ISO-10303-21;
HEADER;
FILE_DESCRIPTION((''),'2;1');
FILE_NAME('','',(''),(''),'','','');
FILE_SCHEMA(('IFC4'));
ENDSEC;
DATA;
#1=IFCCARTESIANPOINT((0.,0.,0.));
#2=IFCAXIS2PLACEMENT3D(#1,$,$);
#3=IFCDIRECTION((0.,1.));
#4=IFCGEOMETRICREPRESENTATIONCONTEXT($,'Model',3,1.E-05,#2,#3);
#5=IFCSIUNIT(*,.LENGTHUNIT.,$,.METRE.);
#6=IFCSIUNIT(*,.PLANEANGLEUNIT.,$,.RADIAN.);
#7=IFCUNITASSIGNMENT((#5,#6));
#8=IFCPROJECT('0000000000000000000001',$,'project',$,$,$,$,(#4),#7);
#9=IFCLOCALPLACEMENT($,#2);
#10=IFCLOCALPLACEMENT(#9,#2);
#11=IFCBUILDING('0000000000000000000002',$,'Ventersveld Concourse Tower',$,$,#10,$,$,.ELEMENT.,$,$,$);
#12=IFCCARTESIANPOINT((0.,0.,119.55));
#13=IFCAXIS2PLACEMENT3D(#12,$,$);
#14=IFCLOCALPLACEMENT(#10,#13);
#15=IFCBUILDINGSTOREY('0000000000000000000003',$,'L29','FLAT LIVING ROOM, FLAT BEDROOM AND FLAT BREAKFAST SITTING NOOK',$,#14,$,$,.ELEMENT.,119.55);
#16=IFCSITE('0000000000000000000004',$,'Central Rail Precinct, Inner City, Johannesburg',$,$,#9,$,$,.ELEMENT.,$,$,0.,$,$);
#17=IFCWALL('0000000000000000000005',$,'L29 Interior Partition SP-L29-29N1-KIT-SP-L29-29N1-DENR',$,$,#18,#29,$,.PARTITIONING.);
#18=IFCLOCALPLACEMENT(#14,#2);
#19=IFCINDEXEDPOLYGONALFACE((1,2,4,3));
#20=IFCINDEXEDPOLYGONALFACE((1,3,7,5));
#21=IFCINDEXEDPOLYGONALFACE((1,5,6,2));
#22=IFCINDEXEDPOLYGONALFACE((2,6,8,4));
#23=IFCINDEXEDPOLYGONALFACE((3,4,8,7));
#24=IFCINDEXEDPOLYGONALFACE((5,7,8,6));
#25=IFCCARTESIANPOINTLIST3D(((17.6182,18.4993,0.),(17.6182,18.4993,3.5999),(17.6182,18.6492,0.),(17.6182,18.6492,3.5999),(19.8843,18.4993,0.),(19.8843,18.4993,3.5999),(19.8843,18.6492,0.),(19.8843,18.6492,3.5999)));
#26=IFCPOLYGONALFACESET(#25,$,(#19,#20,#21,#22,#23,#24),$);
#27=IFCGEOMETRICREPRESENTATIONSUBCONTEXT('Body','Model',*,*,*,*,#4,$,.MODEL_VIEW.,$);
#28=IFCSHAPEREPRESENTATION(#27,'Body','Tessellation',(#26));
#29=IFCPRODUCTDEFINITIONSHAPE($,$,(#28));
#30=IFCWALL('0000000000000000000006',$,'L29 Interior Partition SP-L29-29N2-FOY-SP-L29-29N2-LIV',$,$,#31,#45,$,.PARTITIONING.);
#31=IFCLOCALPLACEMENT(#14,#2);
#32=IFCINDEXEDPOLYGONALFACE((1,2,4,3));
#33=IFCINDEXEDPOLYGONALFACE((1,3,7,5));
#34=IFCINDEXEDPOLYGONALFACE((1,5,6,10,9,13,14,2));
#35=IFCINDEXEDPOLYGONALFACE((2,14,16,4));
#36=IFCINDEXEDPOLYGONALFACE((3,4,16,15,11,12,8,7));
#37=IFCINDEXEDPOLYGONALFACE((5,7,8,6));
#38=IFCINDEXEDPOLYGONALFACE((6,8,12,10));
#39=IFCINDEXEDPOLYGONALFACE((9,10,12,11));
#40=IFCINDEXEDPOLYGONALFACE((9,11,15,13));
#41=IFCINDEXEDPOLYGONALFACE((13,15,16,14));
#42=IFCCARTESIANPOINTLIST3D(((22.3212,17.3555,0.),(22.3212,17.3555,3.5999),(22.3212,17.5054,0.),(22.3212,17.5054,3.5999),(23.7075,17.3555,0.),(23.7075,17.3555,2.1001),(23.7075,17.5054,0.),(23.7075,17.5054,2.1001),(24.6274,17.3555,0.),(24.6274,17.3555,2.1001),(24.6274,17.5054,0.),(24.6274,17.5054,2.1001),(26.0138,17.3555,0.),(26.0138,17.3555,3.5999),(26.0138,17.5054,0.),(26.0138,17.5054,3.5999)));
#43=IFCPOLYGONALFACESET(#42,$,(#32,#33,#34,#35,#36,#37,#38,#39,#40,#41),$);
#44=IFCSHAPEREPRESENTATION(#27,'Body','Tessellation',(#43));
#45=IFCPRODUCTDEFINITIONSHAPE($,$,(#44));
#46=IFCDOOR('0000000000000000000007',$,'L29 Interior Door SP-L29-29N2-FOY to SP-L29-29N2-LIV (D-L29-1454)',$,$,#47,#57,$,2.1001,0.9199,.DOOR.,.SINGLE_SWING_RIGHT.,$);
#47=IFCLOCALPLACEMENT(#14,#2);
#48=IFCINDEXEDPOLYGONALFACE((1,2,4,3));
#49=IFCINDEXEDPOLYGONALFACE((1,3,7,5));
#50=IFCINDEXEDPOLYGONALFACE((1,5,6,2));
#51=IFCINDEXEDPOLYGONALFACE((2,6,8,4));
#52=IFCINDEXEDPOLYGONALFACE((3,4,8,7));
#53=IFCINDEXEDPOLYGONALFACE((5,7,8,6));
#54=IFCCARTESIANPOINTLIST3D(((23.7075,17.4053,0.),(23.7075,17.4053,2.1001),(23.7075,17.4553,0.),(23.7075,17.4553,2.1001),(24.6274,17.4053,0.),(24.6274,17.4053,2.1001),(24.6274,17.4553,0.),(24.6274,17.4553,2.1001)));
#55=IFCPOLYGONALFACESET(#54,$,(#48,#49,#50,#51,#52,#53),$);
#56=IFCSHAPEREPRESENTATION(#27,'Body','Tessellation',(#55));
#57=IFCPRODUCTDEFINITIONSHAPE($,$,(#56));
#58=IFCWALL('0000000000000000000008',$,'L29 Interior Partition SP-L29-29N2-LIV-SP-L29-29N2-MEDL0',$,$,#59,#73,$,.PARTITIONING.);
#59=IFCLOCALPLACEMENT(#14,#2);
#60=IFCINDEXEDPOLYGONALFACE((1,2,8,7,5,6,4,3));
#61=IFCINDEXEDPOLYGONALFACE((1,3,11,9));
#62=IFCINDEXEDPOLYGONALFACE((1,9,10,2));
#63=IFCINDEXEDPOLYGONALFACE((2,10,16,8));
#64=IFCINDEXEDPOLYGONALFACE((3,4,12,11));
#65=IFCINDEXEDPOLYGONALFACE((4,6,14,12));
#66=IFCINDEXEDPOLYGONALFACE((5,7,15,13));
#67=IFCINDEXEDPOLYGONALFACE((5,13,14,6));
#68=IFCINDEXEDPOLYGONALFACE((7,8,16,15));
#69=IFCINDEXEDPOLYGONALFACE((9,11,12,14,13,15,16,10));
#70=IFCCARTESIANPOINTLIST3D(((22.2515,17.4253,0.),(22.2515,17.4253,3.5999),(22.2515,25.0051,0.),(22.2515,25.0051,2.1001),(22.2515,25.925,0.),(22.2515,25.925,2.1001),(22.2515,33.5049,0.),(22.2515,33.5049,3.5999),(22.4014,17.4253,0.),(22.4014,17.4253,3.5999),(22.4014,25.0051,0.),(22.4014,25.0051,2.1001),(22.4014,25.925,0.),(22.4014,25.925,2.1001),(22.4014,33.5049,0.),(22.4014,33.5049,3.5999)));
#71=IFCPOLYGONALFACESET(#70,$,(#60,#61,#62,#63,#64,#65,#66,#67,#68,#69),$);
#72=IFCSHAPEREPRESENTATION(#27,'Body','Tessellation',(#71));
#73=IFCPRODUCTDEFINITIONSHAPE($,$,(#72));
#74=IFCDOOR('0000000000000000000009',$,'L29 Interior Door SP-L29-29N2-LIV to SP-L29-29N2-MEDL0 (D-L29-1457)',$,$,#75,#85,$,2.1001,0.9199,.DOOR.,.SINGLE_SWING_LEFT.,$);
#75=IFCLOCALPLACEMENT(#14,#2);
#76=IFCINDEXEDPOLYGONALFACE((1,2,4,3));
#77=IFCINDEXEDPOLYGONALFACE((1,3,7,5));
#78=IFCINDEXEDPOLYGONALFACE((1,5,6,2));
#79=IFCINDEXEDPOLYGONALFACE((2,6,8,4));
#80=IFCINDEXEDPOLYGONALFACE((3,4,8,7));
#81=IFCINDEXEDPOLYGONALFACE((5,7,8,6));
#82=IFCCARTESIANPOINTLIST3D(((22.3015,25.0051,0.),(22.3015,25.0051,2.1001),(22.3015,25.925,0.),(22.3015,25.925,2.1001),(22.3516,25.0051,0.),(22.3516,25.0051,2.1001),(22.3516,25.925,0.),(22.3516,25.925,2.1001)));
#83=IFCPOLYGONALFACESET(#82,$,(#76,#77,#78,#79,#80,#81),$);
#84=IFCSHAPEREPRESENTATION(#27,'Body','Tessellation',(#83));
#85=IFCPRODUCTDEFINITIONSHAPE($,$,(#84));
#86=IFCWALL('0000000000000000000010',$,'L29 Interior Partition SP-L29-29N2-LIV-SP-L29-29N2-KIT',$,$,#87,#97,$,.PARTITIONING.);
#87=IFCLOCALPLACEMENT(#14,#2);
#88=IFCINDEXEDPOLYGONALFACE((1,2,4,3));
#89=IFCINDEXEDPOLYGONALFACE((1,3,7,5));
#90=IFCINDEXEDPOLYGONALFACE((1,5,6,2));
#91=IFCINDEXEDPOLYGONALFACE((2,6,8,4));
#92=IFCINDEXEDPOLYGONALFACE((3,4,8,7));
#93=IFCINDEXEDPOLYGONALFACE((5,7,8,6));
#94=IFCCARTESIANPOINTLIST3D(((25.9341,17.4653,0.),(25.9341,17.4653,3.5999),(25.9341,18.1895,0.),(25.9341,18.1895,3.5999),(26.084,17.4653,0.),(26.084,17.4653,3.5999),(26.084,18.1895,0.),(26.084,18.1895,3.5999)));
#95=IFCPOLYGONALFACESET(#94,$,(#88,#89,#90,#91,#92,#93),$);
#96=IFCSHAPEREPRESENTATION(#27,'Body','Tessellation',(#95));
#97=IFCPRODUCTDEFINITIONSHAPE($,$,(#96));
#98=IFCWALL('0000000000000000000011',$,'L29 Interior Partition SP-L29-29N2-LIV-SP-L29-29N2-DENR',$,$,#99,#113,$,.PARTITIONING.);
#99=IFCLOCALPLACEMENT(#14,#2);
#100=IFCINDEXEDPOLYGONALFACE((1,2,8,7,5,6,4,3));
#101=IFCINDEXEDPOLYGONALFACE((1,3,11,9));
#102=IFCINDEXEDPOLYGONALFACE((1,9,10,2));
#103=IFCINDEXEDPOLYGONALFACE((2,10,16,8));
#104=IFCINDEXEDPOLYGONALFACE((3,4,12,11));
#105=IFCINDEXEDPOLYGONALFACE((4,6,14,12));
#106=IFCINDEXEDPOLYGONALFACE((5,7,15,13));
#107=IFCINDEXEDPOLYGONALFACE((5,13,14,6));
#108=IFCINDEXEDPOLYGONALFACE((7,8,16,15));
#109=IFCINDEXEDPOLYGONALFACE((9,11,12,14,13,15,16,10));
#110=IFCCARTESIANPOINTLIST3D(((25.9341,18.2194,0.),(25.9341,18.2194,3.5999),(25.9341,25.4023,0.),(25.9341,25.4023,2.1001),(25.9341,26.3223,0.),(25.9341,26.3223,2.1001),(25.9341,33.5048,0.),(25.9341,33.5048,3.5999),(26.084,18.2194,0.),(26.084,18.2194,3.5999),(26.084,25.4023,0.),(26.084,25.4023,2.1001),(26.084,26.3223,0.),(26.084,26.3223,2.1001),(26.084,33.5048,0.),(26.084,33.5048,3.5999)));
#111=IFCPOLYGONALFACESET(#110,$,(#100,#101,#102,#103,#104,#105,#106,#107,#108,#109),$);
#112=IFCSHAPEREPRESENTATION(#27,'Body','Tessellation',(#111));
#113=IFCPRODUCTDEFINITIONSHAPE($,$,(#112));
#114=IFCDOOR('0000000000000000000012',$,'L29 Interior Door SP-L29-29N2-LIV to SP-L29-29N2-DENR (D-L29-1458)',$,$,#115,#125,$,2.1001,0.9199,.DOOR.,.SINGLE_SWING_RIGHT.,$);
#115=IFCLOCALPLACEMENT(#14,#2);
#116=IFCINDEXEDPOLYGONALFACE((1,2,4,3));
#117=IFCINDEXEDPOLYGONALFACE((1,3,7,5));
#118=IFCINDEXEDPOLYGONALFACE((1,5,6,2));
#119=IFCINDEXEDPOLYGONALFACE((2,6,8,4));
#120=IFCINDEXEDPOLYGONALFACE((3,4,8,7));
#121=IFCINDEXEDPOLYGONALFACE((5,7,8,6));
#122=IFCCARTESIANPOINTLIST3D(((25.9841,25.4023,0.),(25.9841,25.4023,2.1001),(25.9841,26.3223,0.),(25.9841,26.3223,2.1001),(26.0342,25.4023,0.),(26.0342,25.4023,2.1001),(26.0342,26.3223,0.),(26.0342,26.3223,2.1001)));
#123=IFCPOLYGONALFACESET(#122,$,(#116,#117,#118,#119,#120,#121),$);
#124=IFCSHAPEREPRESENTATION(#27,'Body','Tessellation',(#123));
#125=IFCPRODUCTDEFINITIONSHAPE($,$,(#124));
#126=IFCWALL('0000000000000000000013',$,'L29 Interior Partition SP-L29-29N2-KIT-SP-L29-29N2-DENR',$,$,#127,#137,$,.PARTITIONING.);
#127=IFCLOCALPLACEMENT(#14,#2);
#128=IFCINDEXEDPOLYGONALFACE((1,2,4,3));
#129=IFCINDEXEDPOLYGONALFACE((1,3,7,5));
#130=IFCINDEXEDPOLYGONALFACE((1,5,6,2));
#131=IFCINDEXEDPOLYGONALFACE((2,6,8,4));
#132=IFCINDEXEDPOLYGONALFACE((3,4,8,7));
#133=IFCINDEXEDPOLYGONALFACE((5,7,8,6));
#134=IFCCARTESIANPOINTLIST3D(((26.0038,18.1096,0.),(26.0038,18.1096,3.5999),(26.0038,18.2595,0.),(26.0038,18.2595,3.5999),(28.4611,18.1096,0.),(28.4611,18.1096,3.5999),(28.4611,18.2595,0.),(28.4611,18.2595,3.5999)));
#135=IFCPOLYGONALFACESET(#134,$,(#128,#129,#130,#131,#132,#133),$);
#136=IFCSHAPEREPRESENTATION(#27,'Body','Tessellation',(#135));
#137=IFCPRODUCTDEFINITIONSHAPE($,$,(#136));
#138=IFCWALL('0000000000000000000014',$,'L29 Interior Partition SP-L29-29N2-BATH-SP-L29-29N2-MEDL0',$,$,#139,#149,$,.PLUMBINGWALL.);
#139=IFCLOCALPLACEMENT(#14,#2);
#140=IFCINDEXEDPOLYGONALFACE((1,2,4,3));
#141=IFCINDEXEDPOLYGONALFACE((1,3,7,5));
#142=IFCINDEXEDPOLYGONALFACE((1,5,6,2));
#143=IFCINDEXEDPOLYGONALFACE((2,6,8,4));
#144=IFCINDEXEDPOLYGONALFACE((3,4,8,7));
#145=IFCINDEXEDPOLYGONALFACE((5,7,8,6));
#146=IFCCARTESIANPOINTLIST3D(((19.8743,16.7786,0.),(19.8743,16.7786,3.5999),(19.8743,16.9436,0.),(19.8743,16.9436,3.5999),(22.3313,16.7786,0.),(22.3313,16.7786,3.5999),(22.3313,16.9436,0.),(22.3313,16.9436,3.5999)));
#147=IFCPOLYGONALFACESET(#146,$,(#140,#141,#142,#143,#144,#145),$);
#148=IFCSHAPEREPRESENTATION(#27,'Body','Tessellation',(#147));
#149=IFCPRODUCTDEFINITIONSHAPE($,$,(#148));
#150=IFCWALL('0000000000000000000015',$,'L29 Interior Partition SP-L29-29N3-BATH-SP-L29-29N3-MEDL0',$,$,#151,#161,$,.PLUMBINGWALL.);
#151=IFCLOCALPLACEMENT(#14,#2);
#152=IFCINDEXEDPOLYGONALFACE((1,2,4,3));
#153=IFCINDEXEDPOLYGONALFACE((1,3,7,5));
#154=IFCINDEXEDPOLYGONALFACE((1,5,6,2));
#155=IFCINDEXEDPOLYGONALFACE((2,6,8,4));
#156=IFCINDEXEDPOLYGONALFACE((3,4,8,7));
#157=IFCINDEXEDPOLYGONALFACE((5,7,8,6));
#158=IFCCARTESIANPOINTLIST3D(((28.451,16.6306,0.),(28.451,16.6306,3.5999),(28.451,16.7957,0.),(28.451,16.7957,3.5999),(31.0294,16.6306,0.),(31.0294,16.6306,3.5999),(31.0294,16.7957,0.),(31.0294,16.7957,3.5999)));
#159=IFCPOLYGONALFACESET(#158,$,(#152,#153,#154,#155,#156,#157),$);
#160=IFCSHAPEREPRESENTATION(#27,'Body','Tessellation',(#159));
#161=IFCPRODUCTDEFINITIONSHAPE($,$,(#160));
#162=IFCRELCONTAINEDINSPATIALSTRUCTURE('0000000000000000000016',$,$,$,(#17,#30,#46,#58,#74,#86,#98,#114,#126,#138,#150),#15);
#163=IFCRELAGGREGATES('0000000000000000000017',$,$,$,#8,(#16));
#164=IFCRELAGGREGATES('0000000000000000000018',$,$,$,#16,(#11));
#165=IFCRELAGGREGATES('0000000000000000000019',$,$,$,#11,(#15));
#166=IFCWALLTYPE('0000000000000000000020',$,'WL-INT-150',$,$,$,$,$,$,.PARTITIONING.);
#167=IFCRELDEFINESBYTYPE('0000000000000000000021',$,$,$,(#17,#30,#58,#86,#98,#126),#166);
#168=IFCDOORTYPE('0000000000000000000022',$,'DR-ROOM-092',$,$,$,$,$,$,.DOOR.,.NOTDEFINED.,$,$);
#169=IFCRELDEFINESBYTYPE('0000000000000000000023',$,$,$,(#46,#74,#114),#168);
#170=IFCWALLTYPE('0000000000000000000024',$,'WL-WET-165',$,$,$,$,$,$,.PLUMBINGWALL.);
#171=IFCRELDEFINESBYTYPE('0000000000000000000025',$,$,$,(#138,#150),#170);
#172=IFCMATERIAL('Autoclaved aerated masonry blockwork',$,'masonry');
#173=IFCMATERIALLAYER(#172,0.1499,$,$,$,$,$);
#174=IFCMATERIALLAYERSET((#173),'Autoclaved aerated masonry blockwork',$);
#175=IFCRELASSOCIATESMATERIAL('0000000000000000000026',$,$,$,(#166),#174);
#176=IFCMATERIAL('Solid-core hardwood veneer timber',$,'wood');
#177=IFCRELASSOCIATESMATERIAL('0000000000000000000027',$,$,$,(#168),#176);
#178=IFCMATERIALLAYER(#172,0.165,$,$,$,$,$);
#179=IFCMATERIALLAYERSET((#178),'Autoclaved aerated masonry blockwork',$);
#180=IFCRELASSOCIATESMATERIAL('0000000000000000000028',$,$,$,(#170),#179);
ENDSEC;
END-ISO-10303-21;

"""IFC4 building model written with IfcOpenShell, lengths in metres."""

from ifc_helpers import new_model, si_unit, direction, frame, frame_2d, origin, place, context, subcontext, project, spatial, rectangle, extrude, material, layer, layer_set, type_object, element, fill, save


model = new_model("IFC4")

# Units and contexts
model_context = context("Model", 3, precision=1e-05, world=origin(), true_north=direction((0.0, 1.0)))
body_context = subcontext(model_context, "Body", "Model", "MODEL_VIEW")
ifc_project = project(units=[si_unit("LENGTHUNIT", "METRE"), si_unit("PLANEANGLEUNIT", "RADIAN")], contexts=[model_context])

# Site, building, storey
site_placement = place(None, origin())
site = spatial("IfcSite", under=ifc_project, at=site_placement, Name="Central Rail Precinct, Inner City, Johannesburg", CompositionType="ELEMENT", RefElevation=0.0)
building_placement = place(site_placement, origin())
building = spatial("IfcBuilding", under=site, at=building_placement, Name="Ventersveld Concourse Tower", CompositionType="ELEMENT")
storey_placement = place(building_placement, frame((0.0, 0.0, 119.55)))
storey = spatial("IfcBuildingStorey", under=building, at=storey_placement, Name="L29", Description="FLAT LIVING ROOM, FLAT BEDROOM AND FLAT BREAKFAST SITTING NOOK", CompositionType="ELEMENT", Elevation=119.55)

# Shared definitions
ifc_material_1 = material(Name="Solid-core hardwood veneer timber", Category="wood")

# Shared definitions
ifc_material_2 = material(Name="Autoclaved aerated masonry blockwork", Category="masonry")
ifc_layer_1 = layer(ifc_material_2, 0.1499)
ifc_layer_set_1 = layer_set([ifc_layer_1], Name="Autoclaved aerated masonry blockwork")
wall_type_1 = type_object("IfcWallType", Name="WL-INT-150", PredefinedType="PARTITIONING", material=ifc_layer_set_1)
door_type_1 = type_object("IfcDoorType", Name="DR-ROOM-092", OperationType="NOTDEFINED", PredefinedType="DOOR", material=ifc_material_1)

# Wall
wall_1_placement = place(storey_placement, frame((17.6182, 18.5742, 0.0), z_axis=(0.0, 0.0, 1.0), x_axis=(1.0, 0.0, 0.0)))
element("IfcWall", 1, at=wall_1_placement, inside=storey, type_object=wall_type_1, Name="L29 Interior Partition SP-L29-29N1-KIT-SP-L29-29N1-DENR", PredefinedType="PARTITIONING", context=body_context, shape_type="SweptSolid", body=[
    extrude(rectangle(XDim=2.2661, YDim=0.1499, at=frame_2d((1.1331, 0.0))), origin(), (0.0, 0.0, 1.0), 3.5999),
])

# Walls, openings, doors
wall_2_placement = place(storey_placement, frame((22.3213, 17.4304, 0.0), z_axis=(0.0, 0.0, 1.0), x_axis=(1.0, 0.0, 0.0)))
wall_2 = element("IfcWall", 2, at=wall_2_placement, inside=storey, type_object=wall_type_1, Name="L29 Interior Partition SP-L29-29N2-FOY-SP-L29-29N2-LIV", PredefinedType="PARTITIONING", context=body_context, shape_type="SweptSolid", body=[
    extrude(rectangle(XDim=3.6926, YDim=0.1499, at=frame_2d((1.8462, 0.0))), origin(), (0.0, 0.0, 1.0), 3.5999),
])
opening_1_placement = place(wall_2_placement, frame((1.3862, 0.0, 0.0)))
opening_1 = element("IfcOpeningElement", 3, at=opening_1_placement, cuts=wall_2, PredefinedType="OPENING", context=body_context, shape_type="SweptSolid", body=[
    extrude(rectangle(XDim=0.9199, YDim=2.1001, at=frame_2d((0.46, 1.05))), frame((0.0, 0.085, 0.0), z_axis=(0.0, -1.0, 0.0), x_axis=(1.0, 0.0, 0.0)), (0.0, 0.0, 1.0), 0.1699),
])
door_1_placement = place(opening_1_placement, origin())
door_1 = element("IfcDoor", 4, at=door_1_placement, inside=storey, type_object=door_type_1, Name="L29 Interior Door SP-L29-29N2-FOY to SP-L29-29N2-LIV (D-L29-1454)", OperationType="SINGLE_SWING_RIGHT", OverallHeight=2.1001, OverallWidth=0.9199, PredefinedType="DOOR", context=body_context, shape_type="SweptSolid", body=[
    extrude(rectangle(XDim=0.9199, YDim=2.1001, at=frame_2d((0.46, 1.05))), frame((0.0, 0.0249, 0.0), z_axis=(0.0, -1.0, 0.0), x_axis=(1.0, 0.0, 0.0)), (0.0, 0.0, 1.0), 0.05),
])
fill(opening_1, door_1)
wall_3_placement = place(storey_placement, frame((22.3264, 17.4253, 0.0), z_axis=(0.0, 0.0, 1.0), x_axis=(0.0, 1.0, 0.0)))
wall_3 = element("IfcWall", 5, at=wall_3_placement, inside=storey, type_object=wall_type_1, Name="L29 Interior Partition SP-L29-29N2-LIV-SP-L29-29N2-MEDL0", PredefinedType="PARTITIONING", context=body_context, shape_type="SweptSolid", body=[
    extrude(rectangle(XDim=16.0796, YDim=0.1499, at=frame_2d((8.0398, 0.0))), origin(), (0.0, 0.0, 1.0), 3.5999),
])
opening_2_placement = place(wall_3_placement, frame((7.5798, 0.0, 0.0)))
opening_2 = element("IfcOpeningElement", 6, at=opening_2_placement, cuts=wall_3, PredefinedType="OPENING", context=body_context, shape_type="SweptSolid", body=[
    extrude(rectangle(XDim=0.9199, YDim=2.1001, at=frame_2d((0.46, 1.05))), frame((0.0, 0.085, 0.0), z_axis=(0.0, -1.0, 0.0), x_axis=(1.0, 0.0, 0.0)), (0.0, 0.0, 1.0), 0.1699),
])
door_2_placement = place(opening_2_placement, origin())
door_2 = element("IfcDoor", 7, at=door_2_placement, inside=storey, type_object=door_type_1, Name="L29 Interior Door SP-L29-29N2-LIV to SP-L29-29N2-MEDL0 (D-L29-1457)", OperationType="SINGLE_SWING_LEFT", OverallHeight=2.1001, OverallWidth=0.9199, PredefinedType="DOOR", context=body_context, shape_type="SweptSolid", body=[
    extrude(rectangle(XDim=0.9199, YDim=2.1001, at=frame_2d((0.46, 1.05))), frame((0.0, 0.0249, 0.0), z_axis=(0.0, -1.0, 0.0), x_axis=(1.0, 0.0, 0.0)), (0.0, 0.0, 1.0), 0.05),
])
fill(opening_2, door_2)

# Wall
wall_4_placement = place(storey_placement, frame((26.009, 17.4653, 0.0), z_axis=(0.0, 0.0, 1.0), x_axis=(0.0, 1.0, 0.0)))
element("IfcWall", 8, at=wall_4_placement, inside=storey, type_object=wall_type_1, Name="L29 Interior Partition SP-L29-29N2-LIV-SP-L29-29N2-KIT", PredefinedType="PARTITIONING", context=body_context, shape_type="SweptSolid", body=[
    extrude(rectangle(XDim=0.7241, YDim=0.1499, at=frame_2d((0.3621, 0.0))), origin(), (0.0, 0.0, 1.0), 3.5999),
])

# Wall, opening, door
wall_5_placement = place(storey_placement, frame((26.009, 18.2195, 0.0), z_axis=(0.0, 0.0, 1.0), x_axis=(0.0, 1.0, 0.0)))
wall_5 = element("IfcWall", 9, at=wall_5_placement, inside=storey, type_object=wall_type_1, Name="L29 Interior Partition SP-L29-29N2-LIV-SP-L29-29N2-DENR", PredefinedType="PARTITIONING", context=body_context, shape_type="SweptSolid", body=[
    extrude(rectangle(XDim=15.2854, YDim=0.1499, at=frame_2d((7.6426, 0.0))), origin(), (0.0, 0.0, 1.0), 3.5999),
])
opening_3_placement = place(wall_5_placement, frame((7.1829, 0.0, 0.0)))
opening_3 = element("IfcOpeningElement", 10, at=opening_3_placement, cuts=wall_5, PredefinedType="OPENING", context=body_context, shape_type="SweptSolid", body=[
    extrude(rectangle(XDim=0.9199, YDim=2.1001, at=frame_2d((0.46, 1.05))), frame((0.0, 0.085, 0.0), z_axis=(0.0, -1.0, 0.0), x_axis=(1.0, 0.0, 0.0)), (0.0, 0.0, 1.0), 0.1699),
])
door_3_placement = place(opening_3_placement, origin())
door_3 = element("IfcDoor", 11, at=door_3_placement, inside=storey, type_object=door_type_1, Name="L29 Interior Door SP-L29-29N2-LIV to SP-L29-29N2-DENR (D-L29-1458)", OperationType="SINGLE_SWING_RIGHT", OverallHeight=2.1001, OverallWidth=0.9199, PredefinedType="DOOR", context=body_context, shape_type="SweptSolid", body=[
    extrude(rectangle(XDim=0.9199, YDim=2.1001, at=frame_2d((0.46, 1.05))), frame((0.0, 0.0249, 0.0), z_axis=(0.0, -1.0, 0.0), x_axis=(1.0, 0.0, 0.0)), (0.0, 0.0, 1.0), 0.05),
])
fill(opening_3, door_3)

# Walls
wall_6_placement = place(storey_placement, frame((26.0039, 18.1846, 0.0), z_axis=(0.0, 0.0, 1.0), x_axis=(1.0, 0.0, 0.0)))
element("IfcWall", 12, at=wall_6_placement, inside=storey, type_object=wall_type_1, Name="L29 Interior Partition SP-L29-29N2-KIT-SP-L29-29N2-DENR", PredefinedType="PARTITIONING", context=body_context, shape_type="SweptSolid", body=[
    extrude(rectangle(XDim=2.4573, YDim=0.1499, at=frame_2d((1.2285, 0.0))), origin(), (0.0, 0.0, 1.0), 3.5999),
])
ifc_layer_2 = layer(ifc_material_2, 0.165)
ifc_layer_set_2 = layer_set([ifc_layer_2], Name="Autoclaved aerated masonry blockwork")
wall_type_2 = type_object("IfcWallType", Name="WL-WET-165", PredefinedType="PLUMBINGWALL", material=ifc_layer_set_2)
wall_7_placement = place(storey_placement, frame((19.8743, 16.8611, 0.0), z_axis=(0.0, 0.0, 1.0), x_axis=(1.0, 0.0, 0.0)))
element("IfcWall", 13, at=wall_7_placement, inside=storey, type_object=wall_type_2, Name="L29 Interior Partition SP-L29-29N2-BATH-SP-L29-29N2-MEDL0", PredefinedType="PLUMBINGWALL", context=body_context, shape_type="SweptSolid", body=[
    extrude(rectangle(XDim=2.457, YDim=0.165, at=frame_2d((1.2285, 0.0))), origin(), (0.0, 0.0, 1.0), 3.5999),
])
wall_8_placement = place(storey_placement, frame((28.4512, 16.7131, 0.0), z_axis=(0.0, 0.0, 1.0), x_axis=(1.0, 0.0, 0.0)))
element("IfcWall", 14, at=wall_8_placement, inside=storey, type_object=wall_type_2, Name="L29 Interior Partition SP-L29-29N3-BATH-SP-L29-29N3-MEDL0", PredefinedType="PLUMBINGWALL", context=body_context, shape_type="SweptSolid", body=[
    extrude(rectangle(XDim=2.5784, YDim=0.165, at=frame_2d((1.2891, 0.0))), origin(), (0.0, 0.0, 1.0), 3.5999),
])

save(model, "model.ifc")
